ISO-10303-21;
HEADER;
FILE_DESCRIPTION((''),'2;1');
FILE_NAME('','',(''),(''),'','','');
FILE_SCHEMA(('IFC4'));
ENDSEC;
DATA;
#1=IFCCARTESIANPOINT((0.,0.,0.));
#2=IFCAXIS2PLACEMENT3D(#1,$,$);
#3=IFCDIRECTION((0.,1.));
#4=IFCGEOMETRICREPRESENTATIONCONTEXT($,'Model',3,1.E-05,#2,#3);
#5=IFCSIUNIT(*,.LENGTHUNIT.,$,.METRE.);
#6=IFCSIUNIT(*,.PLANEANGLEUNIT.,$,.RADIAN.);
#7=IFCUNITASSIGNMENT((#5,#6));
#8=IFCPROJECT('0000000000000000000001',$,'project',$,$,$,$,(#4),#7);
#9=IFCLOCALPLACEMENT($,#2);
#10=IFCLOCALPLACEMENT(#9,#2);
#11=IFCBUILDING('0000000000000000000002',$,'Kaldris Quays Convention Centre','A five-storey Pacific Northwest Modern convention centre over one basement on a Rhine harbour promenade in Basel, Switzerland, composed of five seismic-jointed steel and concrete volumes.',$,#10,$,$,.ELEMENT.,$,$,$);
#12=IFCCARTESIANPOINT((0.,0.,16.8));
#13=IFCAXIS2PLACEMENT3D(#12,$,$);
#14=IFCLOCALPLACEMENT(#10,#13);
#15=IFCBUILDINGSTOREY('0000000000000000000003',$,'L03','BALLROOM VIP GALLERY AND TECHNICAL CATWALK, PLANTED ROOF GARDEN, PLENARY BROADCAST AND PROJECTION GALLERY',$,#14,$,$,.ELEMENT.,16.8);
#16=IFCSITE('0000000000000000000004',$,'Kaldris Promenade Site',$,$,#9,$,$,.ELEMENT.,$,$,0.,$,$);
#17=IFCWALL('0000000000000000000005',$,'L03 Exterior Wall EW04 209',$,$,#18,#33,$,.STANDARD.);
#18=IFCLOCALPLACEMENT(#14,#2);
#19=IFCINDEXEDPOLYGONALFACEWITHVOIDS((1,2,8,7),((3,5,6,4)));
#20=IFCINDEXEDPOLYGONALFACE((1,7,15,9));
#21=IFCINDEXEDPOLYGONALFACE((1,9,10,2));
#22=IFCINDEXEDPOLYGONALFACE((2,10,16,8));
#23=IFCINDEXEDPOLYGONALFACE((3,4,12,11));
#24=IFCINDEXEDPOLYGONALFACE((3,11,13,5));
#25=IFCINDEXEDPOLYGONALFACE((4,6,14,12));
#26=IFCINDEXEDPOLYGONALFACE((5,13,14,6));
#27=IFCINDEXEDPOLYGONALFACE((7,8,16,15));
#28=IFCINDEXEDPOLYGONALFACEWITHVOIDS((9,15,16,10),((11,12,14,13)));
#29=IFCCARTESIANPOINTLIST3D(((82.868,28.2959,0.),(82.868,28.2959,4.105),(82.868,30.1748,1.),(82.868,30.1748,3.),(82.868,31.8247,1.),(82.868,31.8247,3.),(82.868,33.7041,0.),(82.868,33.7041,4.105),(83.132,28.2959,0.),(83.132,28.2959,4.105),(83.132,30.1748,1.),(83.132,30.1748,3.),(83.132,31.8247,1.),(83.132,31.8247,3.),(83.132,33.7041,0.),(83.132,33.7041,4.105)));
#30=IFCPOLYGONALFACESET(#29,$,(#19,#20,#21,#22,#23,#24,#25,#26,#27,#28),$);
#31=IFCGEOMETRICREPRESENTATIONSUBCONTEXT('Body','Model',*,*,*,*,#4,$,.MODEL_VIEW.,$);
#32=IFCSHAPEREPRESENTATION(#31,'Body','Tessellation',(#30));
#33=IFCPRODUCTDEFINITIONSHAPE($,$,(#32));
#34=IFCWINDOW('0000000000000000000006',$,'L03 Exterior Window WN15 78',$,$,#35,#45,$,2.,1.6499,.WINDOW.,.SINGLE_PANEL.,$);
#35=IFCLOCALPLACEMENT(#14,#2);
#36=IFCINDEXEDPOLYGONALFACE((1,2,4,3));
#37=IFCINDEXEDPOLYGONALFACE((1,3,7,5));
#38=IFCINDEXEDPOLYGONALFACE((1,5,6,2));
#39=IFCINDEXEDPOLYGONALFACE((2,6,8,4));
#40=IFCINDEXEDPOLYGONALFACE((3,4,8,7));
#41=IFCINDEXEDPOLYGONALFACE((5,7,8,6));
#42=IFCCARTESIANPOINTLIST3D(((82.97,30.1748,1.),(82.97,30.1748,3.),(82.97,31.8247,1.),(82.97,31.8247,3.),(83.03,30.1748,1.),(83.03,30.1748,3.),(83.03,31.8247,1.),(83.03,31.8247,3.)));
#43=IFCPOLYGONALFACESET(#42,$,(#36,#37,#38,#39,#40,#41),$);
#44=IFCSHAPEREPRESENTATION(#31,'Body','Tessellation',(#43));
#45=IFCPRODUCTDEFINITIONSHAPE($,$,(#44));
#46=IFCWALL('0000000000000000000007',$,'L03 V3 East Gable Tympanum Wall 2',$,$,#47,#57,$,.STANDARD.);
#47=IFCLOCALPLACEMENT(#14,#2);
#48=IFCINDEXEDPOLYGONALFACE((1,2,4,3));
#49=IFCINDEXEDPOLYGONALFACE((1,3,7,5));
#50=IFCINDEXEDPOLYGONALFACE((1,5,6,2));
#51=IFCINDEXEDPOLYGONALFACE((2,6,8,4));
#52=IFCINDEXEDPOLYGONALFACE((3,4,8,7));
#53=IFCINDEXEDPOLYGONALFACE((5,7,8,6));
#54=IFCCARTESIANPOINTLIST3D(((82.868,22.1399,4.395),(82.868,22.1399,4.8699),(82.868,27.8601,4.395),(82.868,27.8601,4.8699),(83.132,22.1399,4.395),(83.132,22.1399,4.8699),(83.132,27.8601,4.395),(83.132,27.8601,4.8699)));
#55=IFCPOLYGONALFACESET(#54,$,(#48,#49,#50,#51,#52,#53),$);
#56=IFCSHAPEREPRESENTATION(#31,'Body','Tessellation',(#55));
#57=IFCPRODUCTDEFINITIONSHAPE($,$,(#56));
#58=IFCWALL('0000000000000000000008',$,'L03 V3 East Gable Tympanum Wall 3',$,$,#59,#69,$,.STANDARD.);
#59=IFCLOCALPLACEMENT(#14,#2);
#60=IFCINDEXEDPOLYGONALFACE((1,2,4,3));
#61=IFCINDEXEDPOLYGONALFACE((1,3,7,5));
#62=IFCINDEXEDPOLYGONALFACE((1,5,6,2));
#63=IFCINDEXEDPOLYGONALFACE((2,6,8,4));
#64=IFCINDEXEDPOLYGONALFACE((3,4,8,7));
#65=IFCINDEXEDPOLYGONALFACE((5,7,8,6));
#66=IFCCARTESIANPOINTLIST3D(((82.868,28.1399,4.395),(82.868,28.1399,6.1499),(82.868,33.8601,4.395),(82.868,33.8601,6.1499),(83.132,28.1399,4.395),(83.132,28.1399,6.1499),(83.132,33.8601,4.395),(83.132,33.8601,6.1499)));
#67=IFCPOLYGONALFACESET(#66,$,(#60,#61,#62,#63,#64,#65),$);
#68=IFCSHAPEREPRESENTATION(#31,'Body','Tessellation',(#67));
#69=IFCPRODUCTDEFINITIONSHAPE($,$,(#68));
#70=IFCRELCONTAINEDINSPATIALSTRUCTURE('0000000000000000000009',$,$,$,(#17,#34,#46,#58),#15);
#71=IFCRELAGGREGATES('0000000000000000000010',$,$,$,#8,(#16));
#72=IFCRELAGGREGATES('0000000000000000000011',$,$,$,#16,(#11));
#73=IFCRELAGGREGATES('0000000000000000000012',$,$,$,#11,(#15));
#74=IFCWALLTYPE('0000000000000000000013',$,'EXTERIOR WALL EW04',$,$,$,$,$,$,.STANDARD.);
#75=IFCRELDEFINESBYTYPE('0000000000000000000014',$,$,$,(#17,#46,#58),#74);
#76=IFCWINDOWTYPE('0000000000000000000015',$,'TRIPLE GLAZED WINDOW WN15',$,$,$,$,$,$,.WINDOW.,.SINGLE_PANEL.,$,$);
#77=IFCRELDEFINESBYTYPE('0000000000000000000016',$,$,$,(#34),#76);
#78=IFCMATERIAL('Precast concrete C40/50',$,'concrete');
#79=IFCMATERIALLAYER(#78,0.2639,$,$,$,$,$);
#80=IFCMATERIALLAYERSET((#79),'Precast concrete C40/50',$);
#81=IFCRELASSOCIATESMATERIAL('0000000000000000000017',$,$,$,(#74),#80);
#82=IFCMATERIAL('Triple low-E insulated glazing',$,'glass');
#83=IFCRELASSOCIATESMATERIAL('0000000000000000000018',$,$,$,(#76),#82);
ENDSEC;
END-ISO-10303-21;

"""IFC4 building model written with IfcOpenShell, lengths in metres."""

from ifc_helpers import new_model, si_unit, direction, frame, frame_2d, origin, place, context, subcontext, project, spatial, rectangle, extrude, material, layer, layer_set, type_object, element, fill, save


model = new_model("IFC4")

# Units and contexts
model_context = context("Model", 3, precision=1e-05, world=origin(), true_north=direction((0.0, 1.0)))
body_context = subcontext(model_context, "Body", "Model", "MODEL_VIEW")
ifc_project = project(units=[si_unit("LENGTHUNIT", "METRE"), si_unit("PLANEANGLEUNIT", "RADIAN")], contexts=[model_context])

# Site, building, storey
site_placement = place(None, origin())
site = spatial("IfcSite", under=ifc_project, at=site_placement, Name="Kaldris Promenade Site", CompositionType="ELEMENT", RefElevation=0.0)
building_placement = place(site_placement, origin())
building = spatial("IfcBuilding", under=site, at=building_placement, Name="Kaldris Quays Convention Centre", Description="A five-storey Pacific Northwest Modern convention centre over one basement on a Rhine harbour promenade in Basel, Switzerland, composed of five seismic-jointed steel and concrete volumes.", CompositionType="ELEMENT")
storey_placement = place(building_placement, frame((0.0, 0.0, 16.8)))
storey = spatial("IfcBuildingStorey", under=building, at=storey_placement, Name="L03", Description="BALLROOM VIP GALLERY AND TECHNICAL CATWALK, PLANTED ROOF GARDEN, PLENARY BROADCAST AND PROJECTION GALLERY", CompositionType="ELEMENT", Elevation=16.8)

# Shared definitions
ifc_material_1 = material(Name="Precast concrete C40/50", Category="concrete")
ifc_layer = layer(ifc_material_1, 0.2639)
ifc_layer_set = layer_set([ifc_layer], Name="Precast concrete C40/50")
wall_type = type_object("IfcWallType", Name="EXTERIOR WALL EW04", PredefinedType="STANDARD", material=ifc_layer_set)

# Wall, opening, window
wall_1_placement = place(storey_placement, frame((83.0, 28.2959, 0.0), z_axis=(0.0, 0.0, 1.0), x_axis=(0.0, 1.0, 0.0)))
wall_1 = element("IfcWall", 1, at=wall_1_placement, inside=storey, type_object=wall_type, Name="L03 Exterior Wall EW04 209", PredefinedType="STANDARD", context=body_context, shape_type="SweptSolid", body=[
    extrude(rectangle(XDim=5.4082, YDim=0.2639, at=frame_2d((2.7041, 0.0))), origin(), (0.0, 0.0, 1.0), 4.105),
])
opening_placement = place(wall_1_placement, frame((1.8789, 0.0, 1.0)))
opening = element("IfcOpeningElement", 2, at=opening_placement, cuts=wall_1, PredefinedType="OPENING", context=body_context, shape_type="SweptSolid", body=[
    extrude(rectangle(XDim=1.6499, YDim=2.0, at=frame_2d((0.825, 1.0))), frame((0.0, 0.1421, 0.0), z_axis=(0.0, -1.0, 0.0), x_axis=(1.0, 0.0, 0.0)), (0.0, 0.0, 1.0), 0.2839),
])
ifc_material_2 = material(Name="Triple low-E insulated glazing", Category="glass")
window_type = type_object("IfcWindowType", Name="TRIPLE GLAZED WINDOW WN15", PartitioningType="SINGLE_PANEL", PredefinedType="WINDOW", material=ifc_material_2)
window_placement = place(opening_placement, origin())
window = element("IfcWindow", 3, at=window_placement, inside=storey, type_object=window_type, Name="L03 Exterior Window WN15 78", OverallHeight=2.0, OverallWidth=1.6499, PartitioningType="SINGLE_PANEL", PredefinedType="WINDOW", context=body_context, shape_type="SweptSolid", body=[
    extrude(rectangle(XDim=1.6499, YDim=2.0, at=frame_2d((0.825, 1.0))), frame((0.0, 0.03, 0.0), z_axis=(0.0, -1.0, 0.0), x_axis=(1.0, 0.0, 0.0)), (0.0, 0.0, 1.0), 0.0601),
])
fill(opening, window)

# Walls
wall_2_placement = place(storey_placement, frame((83.0, 22.1399, 4.395), z_axis=(0.0, 0.0, 1.0), x_axis=(0.0, 1.0, 0.0)))
element("IfcWall", 4, at=wall_2_placement, inside=storey, type_object=wall_type, Name="L03 V3 East Gable Tympanum Wall 2", PredefinedType="STANDARD", context=body_context, shape_type="SweptSolid", body=[
    extrude(rectangle(XDim=5.7202, YDim=0.2639, at=frame_2d((2.8601, 0.0))), origin(), (0.0, 0.0, 1.0), 0.4749),
])
wall_3_placement = place(storey_placement, frame((83.0, 28.1399, 4.395), z_axis=(0.0, 0.0, 1.0), x_axis=(0.0, 1.0, 0.0)))
element("IfcWall", 5, at=wall_3_placement, inside=storey, type_object=wall_type, Name="L03 V3 East Gable Tympanum Wall 3", PredefinedType="STANDARD", context=body_context, shape_type="SweptSolid", body=[
    extrude(rectangle(XDim=5.7202, YDim=0.2639, at=frame_2d((2.8601, 0.0))), origin(), (0.0, 0.0, 1.0), 1.7549),
])

save(model, "model.ifc")
